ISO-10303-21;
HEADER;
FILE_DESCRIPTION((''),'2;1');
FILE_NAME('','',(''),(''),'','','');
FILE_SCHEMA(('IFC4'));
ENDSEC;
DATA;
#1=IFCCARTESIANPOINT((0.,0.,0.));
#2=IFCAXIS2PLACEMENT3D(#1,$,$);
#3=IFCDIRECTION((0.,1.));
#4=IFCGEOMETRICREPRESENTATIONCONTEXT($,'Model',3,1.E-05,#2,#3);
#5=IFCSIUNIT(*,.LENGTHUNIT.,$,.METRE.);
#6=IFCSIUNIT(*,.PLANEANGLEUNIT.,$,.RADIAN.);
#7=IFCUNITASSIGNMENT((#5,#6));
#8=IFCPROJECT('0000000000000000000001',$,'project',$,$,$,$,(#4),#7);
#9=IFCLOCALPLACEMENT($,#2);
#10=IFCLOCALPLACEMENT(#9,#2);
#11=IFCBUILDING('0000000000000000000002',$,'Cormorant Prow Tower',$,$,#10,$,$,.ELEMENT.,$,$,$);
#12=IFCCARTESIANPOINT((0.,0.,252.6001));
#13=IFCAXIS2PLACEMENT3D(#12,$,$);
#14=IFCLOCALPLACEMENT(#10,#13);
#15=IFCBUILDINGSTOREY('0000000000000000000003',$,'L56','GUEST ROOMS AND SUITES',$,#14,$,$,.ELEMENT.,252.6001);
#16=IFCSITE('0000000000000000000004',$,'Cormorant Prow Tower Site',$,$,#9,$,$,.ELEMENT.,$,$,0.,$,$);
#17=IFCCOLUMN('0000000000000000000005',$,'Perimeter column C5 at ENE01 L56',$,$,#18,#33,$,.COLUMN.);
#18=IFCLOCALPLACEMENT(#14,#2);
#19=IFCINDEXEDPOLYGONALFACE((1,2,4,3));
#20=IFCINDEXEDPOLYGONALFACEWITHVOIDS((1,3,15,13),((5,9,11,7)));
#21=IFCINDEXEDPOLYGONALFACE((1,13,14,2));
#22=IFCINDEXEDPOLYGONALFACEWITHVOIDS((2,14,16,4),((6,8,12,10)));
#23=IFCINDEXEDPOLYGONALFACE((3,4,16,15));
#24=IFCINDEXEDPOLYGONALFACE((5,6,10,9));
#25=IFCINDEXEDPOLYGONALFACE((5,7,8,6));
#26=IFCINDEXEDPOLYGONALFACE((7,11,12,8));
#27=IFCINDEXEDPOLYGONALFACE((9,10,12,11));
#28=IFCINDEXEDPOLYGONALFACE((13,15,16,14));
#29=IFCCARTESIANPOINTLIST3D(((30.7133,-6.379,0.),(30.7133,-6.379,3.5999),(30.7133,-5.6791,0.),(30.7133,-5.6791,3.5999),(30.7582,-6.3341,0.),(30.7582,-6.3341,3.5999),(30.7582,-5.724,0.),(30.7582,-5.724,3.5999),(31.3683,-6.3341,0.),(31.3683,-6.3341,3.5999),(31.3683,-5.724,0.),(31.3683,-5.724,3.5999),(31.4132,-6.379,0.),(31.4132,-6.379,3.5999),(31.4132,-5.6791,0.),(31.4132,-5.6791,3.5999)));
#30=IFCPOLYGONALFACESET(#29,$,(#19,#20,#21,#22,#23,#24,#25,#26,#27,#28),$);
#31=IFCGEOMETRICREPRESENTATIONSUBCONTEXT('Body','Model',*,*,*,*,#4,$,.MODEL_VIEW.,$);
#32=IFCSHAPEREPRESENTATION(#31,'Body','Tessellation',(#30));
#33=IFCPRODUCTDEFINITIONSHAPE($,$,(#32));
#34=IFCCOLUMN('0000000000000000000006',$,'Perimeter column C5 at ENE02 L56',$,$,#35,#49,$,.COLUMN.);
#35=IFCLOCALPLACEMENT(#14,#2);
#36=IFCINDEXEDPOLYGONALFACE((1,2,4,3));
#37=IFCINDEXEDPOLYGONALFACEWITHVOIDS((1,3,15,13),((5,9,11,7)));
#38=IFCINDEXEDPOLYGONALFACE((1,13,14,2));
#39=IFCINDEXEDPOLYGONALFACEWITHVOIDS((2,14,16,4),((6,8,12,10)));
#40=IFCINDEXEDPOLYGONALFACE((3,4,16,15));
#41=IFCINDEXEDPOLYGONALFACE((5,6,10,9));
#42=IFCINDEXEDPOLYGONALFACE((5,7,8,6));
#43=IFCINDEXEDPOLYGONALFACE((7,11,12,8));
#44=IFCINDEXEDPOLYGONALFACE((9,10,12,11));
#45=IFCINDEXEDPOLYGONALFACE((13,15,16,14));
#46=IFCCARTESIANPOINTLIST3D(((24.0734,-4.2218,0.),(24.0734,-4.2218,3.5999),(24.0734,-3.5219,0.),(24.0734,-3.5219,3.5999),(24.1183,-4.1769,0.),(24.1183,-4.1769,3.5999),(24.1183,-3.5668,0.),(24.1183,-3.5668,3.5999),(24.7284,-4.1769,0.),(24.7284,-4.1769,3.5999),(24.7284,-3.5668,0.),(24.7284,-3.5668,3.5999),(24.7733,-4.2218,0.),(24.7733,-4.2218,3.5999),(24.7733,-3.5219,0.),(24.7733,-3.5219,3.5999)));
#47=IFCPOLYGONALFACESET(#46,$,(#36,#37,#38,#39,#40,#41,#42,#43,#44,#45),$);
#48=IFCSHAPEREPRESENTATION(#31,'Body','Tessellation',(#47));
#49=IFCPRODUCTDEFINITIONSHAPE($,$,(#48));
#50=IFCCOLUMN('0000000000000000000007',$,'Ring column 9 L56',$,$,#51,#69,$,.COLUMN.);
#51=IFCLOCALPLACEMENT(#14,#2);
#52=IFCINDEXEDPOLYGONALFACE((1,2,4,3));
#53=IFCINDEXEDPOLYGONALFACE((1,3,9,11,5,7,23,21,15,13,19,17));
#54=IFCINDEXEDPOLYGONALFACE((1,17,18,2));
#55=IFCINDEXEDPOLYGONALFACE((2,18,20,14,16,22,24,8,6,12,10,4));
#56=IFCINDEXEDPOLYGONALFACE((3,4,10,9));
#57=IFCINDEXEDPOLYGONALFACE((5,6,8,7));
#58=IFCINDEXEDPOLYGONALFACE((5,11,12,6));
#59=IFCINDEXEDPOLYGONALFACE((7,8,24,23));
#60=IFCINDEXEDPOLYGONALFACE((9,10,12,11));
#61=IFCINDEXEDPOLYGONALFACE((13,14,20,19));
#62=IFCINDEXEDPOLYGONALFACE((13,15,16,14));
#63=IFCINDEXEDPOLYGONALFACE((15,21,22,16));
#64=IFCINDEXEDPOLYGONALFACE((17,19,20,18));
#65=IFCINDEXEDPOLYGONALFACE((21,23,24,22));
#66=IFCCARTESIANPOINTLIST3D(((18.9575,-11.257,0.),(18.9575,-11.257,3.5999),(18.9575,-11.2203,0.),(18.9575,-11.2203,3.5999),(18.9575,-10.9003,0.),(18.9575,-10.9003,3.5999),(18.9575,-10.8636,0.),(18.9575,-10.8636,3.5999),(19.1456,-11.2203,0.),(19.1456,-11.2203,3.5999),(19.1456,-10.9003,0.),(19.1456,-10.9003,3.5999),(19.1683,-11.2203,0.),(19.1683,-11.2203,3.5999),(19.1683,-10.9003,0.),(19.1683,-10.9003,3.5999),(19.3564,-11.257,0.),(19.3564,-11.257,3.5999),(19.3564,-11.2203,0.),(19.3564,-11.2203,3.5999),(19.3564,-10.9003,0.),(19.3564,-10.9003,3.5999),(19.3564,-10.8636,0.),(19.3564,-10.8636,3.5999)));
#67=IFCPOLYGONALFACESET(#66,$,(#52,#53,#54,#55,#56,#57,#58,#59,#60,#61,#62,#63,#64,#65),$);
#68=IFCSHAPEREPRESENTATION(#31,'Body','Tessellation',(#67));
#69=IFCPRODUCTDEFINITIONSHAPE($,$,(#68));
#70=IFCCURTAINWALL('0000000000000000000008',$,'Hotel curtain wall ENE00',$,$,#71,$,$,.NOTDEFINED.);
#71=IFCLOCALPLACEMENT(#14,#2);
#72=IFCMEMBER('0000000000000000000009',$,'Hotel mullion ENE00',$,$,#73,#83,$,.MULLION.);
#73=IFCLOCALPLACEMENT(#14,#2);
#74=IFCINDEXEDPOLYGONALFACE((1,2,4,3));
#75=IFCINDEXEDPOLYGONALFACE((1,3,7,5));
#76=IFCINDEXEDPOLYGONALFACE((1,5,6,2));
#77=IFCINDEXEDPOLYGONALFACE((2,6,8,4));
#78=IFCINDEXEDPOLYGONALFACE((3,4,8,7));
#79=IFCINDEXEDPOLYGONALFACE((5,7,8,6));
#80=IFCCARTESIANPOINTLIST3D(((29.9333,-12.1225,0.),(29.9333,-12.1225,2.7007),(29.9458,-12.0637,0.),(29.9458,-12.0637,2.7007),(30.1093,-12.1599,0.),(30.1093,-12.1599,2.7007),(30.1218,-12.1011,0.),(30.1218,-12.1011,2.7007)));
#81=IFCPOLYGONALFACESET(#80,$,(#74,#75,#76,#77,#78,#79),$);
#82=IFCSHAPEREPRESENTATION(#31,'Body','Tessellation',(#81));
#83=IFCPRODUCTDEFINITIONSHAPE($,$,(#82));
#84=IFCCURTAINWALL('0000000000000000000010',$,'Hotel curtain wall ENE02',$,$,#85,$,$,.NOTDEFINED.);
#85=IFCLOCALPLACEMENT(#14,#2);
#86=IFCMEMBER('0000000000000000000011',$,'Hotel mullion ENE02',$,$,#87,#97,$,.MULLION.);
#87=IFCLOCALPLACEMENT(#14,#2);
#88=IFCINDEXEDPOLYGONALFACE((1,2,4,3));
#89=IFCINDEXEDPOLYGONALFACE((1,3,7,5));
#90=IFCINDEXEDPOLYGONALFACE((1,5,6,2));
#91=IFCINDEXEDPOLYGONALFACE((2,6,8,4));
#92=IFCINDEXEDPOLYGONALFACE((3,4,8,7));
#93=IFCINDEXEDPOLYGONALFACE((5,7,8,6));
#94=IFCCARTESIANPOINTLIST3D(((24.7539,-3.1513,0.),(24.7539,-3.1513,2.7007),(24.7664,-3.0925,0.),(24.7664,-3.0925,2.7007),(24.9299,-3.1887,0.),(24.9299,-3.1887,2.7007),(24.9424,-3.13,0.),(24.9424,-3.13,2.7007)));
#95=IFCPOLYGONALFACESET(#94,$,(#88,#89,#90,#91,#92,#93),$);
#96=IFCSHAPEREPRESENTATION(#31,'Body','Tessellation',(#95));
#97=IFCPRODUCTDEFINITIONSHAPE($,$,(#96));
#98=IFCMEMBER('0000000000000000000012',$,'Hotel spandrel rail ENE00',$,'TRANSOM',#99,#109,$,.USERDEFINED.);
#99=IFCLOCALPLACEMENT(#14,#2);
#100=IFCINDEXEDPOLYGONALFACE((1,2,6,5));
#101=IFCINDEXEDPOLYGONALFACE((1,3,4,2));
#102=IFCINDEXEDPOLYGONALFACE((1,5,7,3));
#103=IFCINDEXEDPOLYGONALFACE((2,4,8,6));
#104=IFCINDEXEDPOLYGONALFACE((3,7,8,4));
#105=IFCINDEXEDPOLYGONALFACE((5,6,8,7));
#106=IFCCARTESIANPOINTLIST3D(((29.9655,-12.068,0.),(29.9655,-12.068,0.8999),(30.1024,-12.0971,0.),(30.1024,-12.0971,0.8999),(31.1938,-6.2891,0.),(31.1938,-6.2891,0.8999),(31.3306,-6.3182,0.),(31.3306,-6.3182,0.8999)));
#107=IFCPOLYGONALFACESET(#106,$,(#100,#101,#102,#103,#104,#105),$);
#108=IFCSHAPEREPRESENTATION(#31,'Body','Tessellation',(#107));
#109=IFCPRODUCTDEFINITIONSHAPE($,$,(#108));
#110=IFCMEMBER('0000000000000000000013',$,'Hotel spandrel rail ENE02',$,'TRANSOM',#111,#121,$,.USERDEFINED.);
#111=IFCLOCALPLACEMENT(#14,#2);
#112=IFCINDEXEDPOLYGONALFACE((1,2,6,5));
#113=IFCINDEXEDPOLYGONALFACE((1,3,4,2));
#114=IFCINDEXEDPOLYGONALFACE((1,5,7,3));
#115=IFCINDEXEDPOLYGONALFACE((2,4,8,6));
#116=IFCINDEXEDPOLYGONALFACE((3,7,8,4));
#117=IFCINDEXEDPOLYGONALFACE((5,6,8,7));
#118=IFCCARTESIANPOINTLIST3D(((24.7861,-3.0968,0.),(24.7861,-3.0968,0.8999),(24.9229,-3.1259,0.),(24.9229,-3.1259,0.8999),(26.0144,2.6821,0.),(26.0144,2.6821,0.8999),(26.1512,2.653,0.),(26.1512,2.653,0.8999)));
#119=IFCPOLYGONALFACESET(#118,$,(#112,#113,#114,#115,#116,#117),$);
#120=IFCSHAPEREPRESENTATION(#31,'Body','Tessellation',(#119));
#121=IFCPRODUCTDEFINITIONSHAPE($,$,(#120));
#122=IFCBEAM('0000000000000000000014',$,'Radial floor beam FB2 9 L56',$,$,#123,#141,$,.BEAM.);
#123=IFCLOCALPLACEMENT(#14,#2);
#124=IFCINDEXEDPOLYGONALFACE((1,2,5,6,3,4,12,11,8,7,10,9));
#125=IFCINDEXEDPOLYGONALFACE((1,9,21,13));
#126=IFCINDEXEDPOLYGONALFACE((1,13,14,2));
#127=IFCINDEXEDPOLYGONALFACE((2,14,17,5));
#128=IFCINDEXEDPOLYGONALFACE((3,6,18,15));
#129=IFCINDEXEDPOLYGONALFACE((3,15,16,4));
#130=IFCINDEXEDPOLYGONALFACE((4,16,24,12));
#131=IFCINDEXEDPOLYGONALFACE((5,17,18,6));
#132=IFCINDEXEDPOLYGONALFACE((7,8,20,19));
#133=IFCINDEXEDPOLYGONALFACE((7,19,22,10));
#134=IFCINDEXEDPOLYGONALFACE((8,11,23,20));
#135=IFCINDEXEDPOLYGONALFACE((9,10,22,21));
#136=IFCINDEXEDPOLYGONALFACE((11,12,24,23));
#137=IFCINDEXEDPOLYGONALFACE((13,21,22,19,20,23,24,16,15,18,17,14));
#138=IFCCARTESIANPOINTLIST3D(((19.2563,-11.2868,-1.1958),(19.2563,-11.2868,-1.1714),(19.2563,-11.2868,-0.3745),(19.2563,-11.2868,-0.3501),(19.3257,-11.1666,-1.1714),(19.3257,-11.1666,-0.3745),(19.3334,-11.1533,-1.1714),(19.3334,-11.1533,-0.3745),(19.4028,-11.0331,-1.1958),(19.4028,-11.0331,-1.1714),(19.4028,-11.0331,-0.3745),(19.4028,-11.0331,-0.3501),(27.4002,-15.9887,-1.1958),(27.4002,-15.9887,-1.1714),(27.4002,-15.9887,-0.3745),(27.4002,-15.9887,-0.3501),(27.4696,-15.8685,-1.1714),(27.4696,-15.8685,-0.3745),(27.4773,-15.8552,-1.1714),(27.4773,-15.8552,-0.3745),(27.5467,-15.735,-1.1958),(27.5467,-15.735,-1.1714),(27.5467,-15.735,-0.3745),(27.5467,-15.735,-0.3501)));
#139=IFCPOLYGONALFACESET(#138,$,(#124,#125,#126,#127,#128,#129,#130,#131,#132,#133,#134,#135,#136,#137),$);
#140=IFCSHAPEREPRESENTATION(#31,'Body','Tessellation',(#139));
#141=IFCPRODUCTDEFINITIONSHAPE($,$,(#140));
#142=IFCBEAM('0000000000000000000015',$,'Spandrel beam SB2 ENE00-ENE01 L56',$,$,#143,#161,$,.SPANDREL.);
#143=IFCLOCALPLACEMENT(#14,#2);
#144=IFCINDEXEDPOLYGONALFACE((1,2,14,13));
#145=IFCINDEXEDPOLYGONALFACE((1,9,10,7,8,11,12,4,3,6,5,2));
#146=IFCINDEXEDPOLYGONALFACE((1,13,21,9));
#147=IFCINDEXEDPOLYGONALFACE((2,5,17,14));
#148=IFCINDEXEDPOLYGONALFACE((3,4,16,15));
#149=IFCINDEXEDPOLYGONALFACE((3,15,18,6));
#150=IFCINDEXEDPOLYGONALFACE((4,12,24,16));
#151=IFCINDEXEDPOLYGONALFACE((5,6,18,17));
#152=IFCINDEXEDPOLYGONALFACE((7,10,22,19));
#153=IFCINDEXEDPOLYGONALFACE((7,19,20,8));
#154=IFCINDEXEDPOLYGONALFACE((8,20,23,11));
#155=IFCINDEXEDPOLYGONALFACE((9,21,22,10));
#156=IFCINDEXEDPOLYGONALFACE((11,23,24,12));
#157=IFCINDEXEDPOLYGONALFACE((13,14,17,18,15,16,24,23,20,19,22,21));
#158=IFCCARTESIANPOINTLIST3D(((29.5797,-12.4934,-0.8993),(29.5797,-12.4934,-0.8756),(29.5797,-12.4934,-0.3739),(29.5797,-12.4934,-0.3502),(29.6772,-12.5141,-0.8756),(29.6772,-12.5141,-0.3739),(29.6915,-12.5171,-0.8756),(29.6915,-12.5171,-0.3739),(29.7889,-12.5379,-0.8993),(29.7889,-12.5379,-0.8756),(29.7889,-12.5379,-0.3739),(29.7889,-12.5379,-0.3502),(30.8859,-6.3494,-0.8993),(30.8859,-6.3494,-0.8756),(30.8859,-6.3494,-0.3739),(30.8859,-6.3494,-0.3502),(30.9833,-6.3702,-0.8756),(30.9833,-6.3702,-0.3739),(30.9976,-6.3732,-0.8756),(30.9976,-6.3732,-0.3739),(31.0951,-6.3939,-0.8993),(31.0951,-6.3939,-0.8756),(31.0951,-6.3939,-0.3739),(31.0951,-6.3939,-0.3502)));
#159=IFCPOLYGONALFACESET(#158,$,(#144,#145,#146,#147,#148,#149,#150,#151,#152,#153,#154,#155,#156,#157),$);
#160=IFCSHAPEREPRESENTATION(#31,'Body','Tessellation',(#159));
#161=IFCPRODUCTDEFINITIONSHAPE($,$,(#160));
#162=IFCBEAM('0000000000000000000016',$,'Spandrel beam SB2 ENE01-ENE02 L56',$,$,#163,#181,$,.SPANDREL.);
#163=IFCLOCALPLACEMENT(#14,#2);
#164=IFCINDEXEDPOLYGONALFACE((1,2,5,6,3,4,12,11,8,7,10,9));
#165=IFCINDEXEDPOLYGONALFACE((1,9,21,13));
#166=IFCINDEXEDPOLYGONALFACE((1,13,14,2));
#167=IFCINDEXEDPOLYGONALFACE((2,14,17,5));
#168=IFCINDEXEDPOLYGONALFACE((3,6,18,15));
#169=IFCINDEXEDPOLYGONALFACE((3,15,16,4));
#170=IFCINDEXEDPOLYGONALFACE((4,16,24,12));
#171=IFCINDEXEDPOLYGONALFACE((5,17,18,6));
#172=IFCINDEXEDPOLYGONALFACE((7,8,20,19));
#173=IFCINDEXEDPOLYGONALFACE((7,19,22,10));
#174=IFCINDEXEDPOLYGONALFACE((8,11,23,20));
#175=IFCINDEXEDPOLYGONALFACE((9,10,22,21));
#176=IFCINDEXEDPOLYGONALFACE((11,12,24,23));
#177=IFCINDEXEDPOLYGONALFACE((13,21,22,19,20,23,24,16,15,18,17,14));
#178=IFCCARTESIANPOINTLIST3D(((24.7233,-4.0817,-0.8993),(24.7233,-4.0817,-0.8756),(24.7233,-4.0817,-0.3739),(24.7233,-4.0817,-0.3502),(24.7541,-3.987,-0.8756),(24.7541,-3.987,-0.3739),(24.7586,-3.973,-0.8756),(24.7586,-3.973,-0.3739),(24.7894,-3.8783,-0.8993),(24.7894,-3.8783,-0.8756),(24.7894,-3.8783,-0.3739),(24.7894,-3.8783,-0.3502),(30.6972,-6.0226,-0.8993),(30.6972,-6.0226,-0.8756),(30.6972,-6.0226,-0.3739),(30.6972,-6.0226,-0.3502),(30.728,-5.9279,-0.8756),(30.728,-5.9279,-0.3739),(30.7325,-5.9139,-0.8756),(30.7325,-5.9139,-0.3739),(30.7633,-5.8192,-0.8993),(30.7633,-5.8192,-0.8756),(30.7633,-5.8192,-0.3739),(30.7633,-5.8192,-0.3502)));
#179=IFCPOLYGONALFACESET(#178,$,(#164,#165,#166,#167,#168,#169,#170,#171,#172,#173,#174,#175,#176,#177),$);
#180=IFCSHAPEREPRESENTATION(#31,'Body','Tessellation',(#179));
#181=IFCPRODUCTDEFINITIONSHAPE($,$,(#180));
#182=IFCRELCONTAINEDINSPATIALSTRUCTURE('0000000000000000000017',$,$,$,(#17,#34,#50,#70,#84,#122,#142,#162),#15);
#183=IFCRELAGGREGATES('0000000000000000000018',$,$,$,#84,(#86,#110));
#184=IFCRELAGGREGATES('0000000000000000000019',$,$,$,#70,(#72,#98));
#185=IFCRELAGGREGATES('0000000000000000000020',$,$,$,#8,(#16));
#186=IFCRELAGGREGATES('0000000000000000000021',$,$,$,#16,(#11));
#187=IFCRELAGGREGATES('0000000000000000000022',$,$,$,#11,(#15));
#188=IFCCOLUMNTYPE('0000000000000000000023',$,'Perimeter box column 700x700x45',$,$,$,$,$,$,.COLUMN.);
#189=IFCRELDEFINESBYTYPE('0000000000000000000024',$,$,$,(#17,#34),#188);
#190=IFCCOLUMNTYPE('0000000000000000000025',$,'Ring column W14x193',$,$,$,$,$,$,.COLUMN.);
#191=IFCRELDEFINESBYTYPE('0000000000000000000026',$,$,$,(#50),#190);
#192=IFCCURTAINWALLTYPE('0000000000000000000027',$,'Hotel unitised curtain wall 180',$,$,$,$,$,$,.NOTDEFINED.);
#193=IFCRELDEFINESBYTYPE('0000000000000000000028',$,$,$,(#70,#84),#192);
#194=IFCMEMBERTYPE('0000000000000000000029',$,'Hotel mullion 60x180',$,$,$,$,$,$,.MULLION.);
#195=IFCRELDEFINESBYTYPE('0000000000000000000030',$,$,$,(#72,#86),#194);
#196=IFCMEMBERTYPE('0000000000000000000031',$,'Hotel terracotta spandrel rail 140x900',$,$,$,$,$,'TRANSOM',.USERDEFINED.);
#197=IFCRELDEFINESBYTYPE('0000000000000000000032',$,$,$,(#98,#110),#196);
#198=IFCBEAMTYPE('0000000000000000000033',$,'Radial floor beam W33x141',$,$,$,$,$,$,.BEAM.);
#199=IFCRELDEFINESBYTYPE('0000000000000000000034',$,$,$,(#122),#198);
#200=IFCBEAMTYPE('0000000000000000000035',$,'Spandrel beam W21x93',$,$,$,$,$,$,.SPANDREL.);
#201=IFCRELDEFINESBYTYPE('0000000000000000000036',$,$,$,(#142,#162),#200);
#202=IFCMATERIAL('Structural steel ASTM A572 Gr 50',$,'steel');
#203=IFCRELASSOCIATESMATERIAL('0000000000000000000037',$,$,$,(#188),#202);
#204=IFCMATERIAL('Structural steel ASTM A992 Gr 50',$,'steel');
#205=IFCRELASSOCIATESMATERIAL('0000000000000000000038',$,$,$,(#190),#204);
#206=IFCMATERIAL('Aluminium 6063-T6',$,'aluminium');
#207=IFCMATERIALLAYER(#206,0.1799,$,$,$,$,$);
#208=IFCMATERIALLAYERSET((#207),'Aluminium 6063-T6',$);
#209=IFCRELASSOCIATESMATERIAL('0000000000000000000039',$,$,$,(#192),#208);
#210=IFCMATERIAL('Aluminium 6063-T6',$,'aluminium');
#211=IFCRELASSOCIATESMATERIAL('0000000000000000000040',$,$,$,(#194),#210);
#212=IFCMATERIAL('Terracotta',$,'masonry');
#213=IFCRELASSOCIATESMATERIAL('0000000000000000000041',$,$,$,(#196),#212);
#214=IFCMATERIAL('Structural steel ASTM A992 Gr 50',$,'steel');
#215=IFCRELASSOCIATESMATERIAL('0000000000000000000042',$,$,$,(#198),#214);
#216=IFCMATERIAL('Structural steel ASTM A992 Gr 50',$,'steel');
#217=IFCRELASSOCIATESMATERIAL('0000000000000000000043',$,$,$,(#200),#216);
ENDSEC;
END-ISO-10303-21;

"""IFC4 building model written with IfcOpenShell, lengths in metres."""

from ifc_helpers import new_model, si_unit, direction, frame, origin, origin_2d, place, context, subcontext, project, spatial, rectangle, hollow_rectangle, i_section, extrude, material, layer, layer_set, material_profile, profile_set, type_object, element, aggregate, save


model = new_model("IFC4")

# Units and contexts
model_context = context("Model", 3, precision=1e-05, world=origin(), true_north=direction((0.0, 1.0)))
body_context = subcontext(model_context, "Body", "Model", "MODEL_VIEW")
ifc_project = project(units=[si_unit("LENGTHUNIT", "METRE"), si_unit("PLANEANGLEUNIT", "RADIAN")], contexts=[model_context])

# Site, building, storey
site_placement = place(None, origin())
site = spatial("IfcSite", under=ifc_project, at=site_placement, Name="Cormorant Prow Tower Site", CompositionType="ELEMENT", RefElevation=0.0)
building_placement = place(site_placement, origin())
building = spatial("IfcBuilding", under=site, at=building_placement, Name="Cormorant Prow Tower", CompositionType="ELEMENT")
storey_placement = place(building_placement, frame((0.0, 0.0, 252.6001)))
storey = spatial("IfcBuildingStorey", under=building, at=storey_placement, Name="L56", Description="GUEST ROOMS AND SUITES", CompositionType="ELEMENT", Elevation=252.6001)

# Columns
ifc_material_1 = material(Name="Structural steel ASTM A572 Gr 50", Category="steel")
ifc_material_profile_1 = material_profile(ifc_material_1, hollow_rectangle(XDim=0.7, YDim=0.7, WallThickness=0.0449, at=origin_2d()), Name="Box 700x700x45")
ifc_profile_set_1 = profile_set([ifc_material_profile_1], Name="Structural steel ASTM A572 Gr 50")
column_type_1 = type_object("IfcColumnType", Name="Perimeter box column 700x700x45", PredefinedType="COLUMN", material=ifc_profile_set_1)
for number, where, z_axis, x_axis, name in (
    (1, (31.0632, -6.0291, 0.0), (0.0, 0.0, 1.0), (1.0, 0.0, 0.0), "Perimeter column C5 at ENE01 L56"),
    (2, (24.4233, -3.8718, 0.0), (0.0, 0.0, 1.0), (1.0, 0.0, 0.0), "Perimeter column C5 at ENE02 L56"),
):
    element("IfcColumn", number, at=place(storey_placement, frame(where, z_axis=z_axis, x_axis=x_axis)), inside=storey, type_object=column_type_1, Name=name, PredefinedType="COLUMN", context=body_context, shape_type="SweptSolid", body=[
        extrude(hollow_rectangle(XDim=0.7, YDim=0.7, WallThickness=0.0449, at=origin_2d()), origin(), (0.0, 0.0, 1.0), 3.5999),
    ])
ifc_material_2 = material(Name="Structural steel ASTM A992 Gr 50", Category="steel")
ifc_material_profile_2 = material_profile(ifc_material_2, i_section(OverallWidth=0.3989, OverallDepth=0.3933, WebThickness=0.0227, FlangeThickness=0.0366, at=origin_2d()), Name="W14x193")
ifc_profile_set_2 = profile_set([ifc_material_profile_2], Name="Structural steel ASTM A992 Gr 50")
column_type_2 = type_object("IfcColumnType", Name="Ring column W14x193", PredefinedType="COLUMN", material=ifc_profile_set_2)
column_placement = place(storey_placement, frame((19.157, -11.0603, 0.0), z_axis=(0.0, 0.0, 1.0), x_axis=(1.0, 0.0, 0.0)))
element("IfcColumn", 3, at=column_placement, inside=storey, type_object=column_type_2, Name="Ring column 9 L56", PredefinedType="COLUMN", context=body_context, shape_type="SweptSolid", body=[
    extrude(i_section(OverallWidth=0.3989, OverallDepth=0.3933, WebThickness=0.0227, FlangeThickness=0.0366, at=origin_2d()), origin(), (0.0, 0.0, 1.0), 3.5999),
])

# Curtain walls, members
ifc_material_3 = material(Name="Aluminium 6063-T6", Category="aluminium")
ifc_layer_1 = layer(ifc_material_3, 0.1799)
ifc_layer_set_1 = layer_set([ifc_layer_1], Name="Aluminium 6063-T6")
curtain_wall_type = type_object("IfcCurtainWallType", Name="Hotel unitised curtain wall 180", PredefinedType="NOTDEFINED", material=ifc_layer_set_1)
curtain_wall_1_placement = place(storey_placement, origin())
curtain_wall_1 = element("IfcCurtainWall", 4, at=curtain_wall_1_placement, inside=storey, type_object=curtain_wall_type, Name="Hotel curtain wall ENE00", PredefinedType="NOTDEFINED")
ifc_material_4 = material(Name="Aluminium 6063-T6", Category="aluminium")
ifc_material_profile_3 = material_profile(ifc_material_4, rectangle(XDim=0.1799, YDim=0.0601, at=origin_2d()), Name="Hotel mullion 60x180")
ifc_profile_set_3 = profile_set([ifc_material_profile_3], Name="Aluminium 6063-T6")
member_type_1 = type_object("IfcMemberType", Name="Hotel mullion 60x180", PredefinedType="MULLION", material=ifc_profile_set_3)
member_1_placement = place(storey_placement, frame((30.0276, -12.1118, 0.0), z_axis=(0.0, 0.0, 1.0), x_axis=(-0.978148, 0.207912, 0.0)))
member_1 = element("IfcMember", 5, at=member_1_placement, type_object=member_type_1, Name="Hotel mullion ENE00", PredefinedType="MULLION", context=body_context, shape_type="SweptSolid", body=[
    extrude(rectangle(XDim=0.1799, YDim=0.0601, at=origin_2d()), origin(), (0.0, 0.0, 1.0), 2.7007),
])
curtain_wall_2_placement = place(storey_placement, origin())
curtain_wall_2 = element("IfcCurtainWall", 6, at=curtain_wall_2_placement, inside=storey, type_object=curtain_wall_type, Name="Hotel curtain wall ENE02", PredefinedType="NOTDEFINED")
member_2_placement = place(storey_placement, frame((24.8481, -3.1406, 0.0), z_axis=(0.0, 0.0, 1.0), x_axis=(-0.978148, 0.207912, 0.0)))
member_2 = element("IfcMember", 7, at=member_2_placement, type_object=member_type_1, Name="Hotel mullion ENE02", PredefinedType="MULLION", context=body_context, shape_type="SweptSolid", body=[
    extrude(rectangle(XDim=0.1799, YDim=0.0601, at=origin_2d()), origin(), (0.0, 0.0, 1.0), 2.7007),
])

# Members
ifc_material_5 = material(Name="Terracotta", Category="masonry")
ifc_material_profile_4 = material_profile(ifc_material_5, rectangle(XDim=0.1399, YDim=0.8999, at=origin_2d()), Name="Hotel terracotta spandrel rail 140x900")
ifc_profile_set_4 = profile_set([ifc_material_profile_4], Name="Terracotta")
member_type_2 = type_object("IfcMemberType", Name="Hotel terracotta spandrel rail 140x900", ElementType="TRANSOM", PredefinedType="USERDEFINED", material=ifc_profile_set_4)
member_3_placement = place(storey_placement, frame((30.0339, -12.0825, 0.45), z_axis=(0.207903, 0.978149, 0.0), x_axis=(-0.978149, 0.207903, 0.0)))
member_3 = element("IfcMember", 8, at=member_3_placement, type_object=member_type_2, Name="Hotel spandrel rail ENE00", ObjectType="TRANSOM", PredefinedType="USERDEFINED", context=body_context, shape_type="SweptSolid", body=[
    extrude(rectangle(XDim=0.1399, YDim=0.8999, at=origin_2d()), origin(), (0.0, 0.0, 1.0), 5.908),
])
member_4_placement = place(storey_placement, frame((24.8545, -3.1113, 0.45), z_axis=(0.207903, 0.978149, 0.0), x_axis=(-0.978149, 0.207903, 0.0)))
member_4 = element("IfcMember", 9, at=member_4_placement, type_object=member_type_2, Name="Hotel spandrel rail ENE02", ObjectType="TRANSOM", PredefinedType="USERDEFINED", context=body_context, shape_type="SweptSolid", body=[
    extrude(rectangle(XDim=0.1399, YDim=0.8999, at=origin_2d()), origin(), (0.0, 0.0, 1.0), 5.908),
])
aggregate(curtain_wall_2, [member_2, member_4])

# Beams
ifc_material_6 = material(Name="Structural steel ASTM A992 Gr 50", Category="steel")
ifc_material_profile_5 = material_profile(ifc_material_6, i_section(OverallWidth=0.293, OverallDepth=0.8457, WebThickness=0.0154, FlangeThickness=0.0244, at=origin_2d()), Name="W33x141")
ifc_profile_set_5 = profile_set([ifc_material_profile_5], Name="Structural steel ASTM A992 Gr 50")
beam_type_1 = type_object("IfcBeamType", Name="Radial floor beam W33x141", PredefinedType="BEAM", material=ifc_profile_set_5)
beam_placement = place(storey_placement, frame((19.3296, -11.1599, -0.7729), z_axis=(0.866022, -0.500006, 0.0), x_axis=(0.500006, 0.866022, 0.0)))
element("IfcBeam", 10, at=beam_placement, inside=storey, type_object=beam_type_1, Name="Radial floor beam FB2 9 L56", PredefinedType="BEAM", context=body_context, shape_type="SweptSolid", body=[
    extrude(i_section(OverallWidth=0.293, OverallDepth=0.8457, WebThickness=0.0154, FlangeThickness=0.0244, at=origin_2d()), origin(), (0.0, 0.0, 1.0), 9.4038),
])
ifc_material_7 = material(Name="Structural steel ASTM A992 Gr 50", Category="steel")
ifc_material_profile_6 = material_profile(ifc_material_7, i_section(OverallWidth=0.2139, OverallDepth=0.5491, WebThickness=0.0146, FlangeThickness=0.0237, at=origin_2d()), Name="W21x93")
ifc_profile_set_6 = profile_set([ifc_material_profile_6], Name="Structural steel ASTM A992 Gr 50")
beam_type_2 = type_object("IfcBeamType", Name="Spandrel beam W21x93", PredefinedType="SPANDREL", material=ifc_profile_set_6)
for number, where, z_axis, x_axis, name in (
    (11, (29.6843, -12.5156, -0.6248), (0.207941, 0.978141, 0.0), (-0.978141, 0.207941, 0.0), "Spandrel beam SB2 ENE00-ENE01 L56"),
    (12, (30.7302, -5.9209, -0.6248), (-0.951062, 0.309001, 0.0), (-0.309001, -0.951062, 0.0), "Spandrel beam SB2 ENE01-ENE02 L56"),
):
    element("IfcBeam", number, at=place(storey_placement, frame(where, z_axis=z_axis, x_axis=x_axis)), inside=storey, type_object=beam_type_2, Name=name, PredefinedType="SPANDREL", context=body_context, shape_type="SweptSolid", body=[
        extrude(i_section(OverallWidth=0.2139, OverallDepth=0.5491, WebThickness=0.0146, FlangeThickness=0.0237, at=origin_2d()), origin(), (0.0, 0.0, 1.0), 6.2812),
    ])

aggregate(curtain_wall_1, [member_1, member_3])

save(model, "model.ifc")
